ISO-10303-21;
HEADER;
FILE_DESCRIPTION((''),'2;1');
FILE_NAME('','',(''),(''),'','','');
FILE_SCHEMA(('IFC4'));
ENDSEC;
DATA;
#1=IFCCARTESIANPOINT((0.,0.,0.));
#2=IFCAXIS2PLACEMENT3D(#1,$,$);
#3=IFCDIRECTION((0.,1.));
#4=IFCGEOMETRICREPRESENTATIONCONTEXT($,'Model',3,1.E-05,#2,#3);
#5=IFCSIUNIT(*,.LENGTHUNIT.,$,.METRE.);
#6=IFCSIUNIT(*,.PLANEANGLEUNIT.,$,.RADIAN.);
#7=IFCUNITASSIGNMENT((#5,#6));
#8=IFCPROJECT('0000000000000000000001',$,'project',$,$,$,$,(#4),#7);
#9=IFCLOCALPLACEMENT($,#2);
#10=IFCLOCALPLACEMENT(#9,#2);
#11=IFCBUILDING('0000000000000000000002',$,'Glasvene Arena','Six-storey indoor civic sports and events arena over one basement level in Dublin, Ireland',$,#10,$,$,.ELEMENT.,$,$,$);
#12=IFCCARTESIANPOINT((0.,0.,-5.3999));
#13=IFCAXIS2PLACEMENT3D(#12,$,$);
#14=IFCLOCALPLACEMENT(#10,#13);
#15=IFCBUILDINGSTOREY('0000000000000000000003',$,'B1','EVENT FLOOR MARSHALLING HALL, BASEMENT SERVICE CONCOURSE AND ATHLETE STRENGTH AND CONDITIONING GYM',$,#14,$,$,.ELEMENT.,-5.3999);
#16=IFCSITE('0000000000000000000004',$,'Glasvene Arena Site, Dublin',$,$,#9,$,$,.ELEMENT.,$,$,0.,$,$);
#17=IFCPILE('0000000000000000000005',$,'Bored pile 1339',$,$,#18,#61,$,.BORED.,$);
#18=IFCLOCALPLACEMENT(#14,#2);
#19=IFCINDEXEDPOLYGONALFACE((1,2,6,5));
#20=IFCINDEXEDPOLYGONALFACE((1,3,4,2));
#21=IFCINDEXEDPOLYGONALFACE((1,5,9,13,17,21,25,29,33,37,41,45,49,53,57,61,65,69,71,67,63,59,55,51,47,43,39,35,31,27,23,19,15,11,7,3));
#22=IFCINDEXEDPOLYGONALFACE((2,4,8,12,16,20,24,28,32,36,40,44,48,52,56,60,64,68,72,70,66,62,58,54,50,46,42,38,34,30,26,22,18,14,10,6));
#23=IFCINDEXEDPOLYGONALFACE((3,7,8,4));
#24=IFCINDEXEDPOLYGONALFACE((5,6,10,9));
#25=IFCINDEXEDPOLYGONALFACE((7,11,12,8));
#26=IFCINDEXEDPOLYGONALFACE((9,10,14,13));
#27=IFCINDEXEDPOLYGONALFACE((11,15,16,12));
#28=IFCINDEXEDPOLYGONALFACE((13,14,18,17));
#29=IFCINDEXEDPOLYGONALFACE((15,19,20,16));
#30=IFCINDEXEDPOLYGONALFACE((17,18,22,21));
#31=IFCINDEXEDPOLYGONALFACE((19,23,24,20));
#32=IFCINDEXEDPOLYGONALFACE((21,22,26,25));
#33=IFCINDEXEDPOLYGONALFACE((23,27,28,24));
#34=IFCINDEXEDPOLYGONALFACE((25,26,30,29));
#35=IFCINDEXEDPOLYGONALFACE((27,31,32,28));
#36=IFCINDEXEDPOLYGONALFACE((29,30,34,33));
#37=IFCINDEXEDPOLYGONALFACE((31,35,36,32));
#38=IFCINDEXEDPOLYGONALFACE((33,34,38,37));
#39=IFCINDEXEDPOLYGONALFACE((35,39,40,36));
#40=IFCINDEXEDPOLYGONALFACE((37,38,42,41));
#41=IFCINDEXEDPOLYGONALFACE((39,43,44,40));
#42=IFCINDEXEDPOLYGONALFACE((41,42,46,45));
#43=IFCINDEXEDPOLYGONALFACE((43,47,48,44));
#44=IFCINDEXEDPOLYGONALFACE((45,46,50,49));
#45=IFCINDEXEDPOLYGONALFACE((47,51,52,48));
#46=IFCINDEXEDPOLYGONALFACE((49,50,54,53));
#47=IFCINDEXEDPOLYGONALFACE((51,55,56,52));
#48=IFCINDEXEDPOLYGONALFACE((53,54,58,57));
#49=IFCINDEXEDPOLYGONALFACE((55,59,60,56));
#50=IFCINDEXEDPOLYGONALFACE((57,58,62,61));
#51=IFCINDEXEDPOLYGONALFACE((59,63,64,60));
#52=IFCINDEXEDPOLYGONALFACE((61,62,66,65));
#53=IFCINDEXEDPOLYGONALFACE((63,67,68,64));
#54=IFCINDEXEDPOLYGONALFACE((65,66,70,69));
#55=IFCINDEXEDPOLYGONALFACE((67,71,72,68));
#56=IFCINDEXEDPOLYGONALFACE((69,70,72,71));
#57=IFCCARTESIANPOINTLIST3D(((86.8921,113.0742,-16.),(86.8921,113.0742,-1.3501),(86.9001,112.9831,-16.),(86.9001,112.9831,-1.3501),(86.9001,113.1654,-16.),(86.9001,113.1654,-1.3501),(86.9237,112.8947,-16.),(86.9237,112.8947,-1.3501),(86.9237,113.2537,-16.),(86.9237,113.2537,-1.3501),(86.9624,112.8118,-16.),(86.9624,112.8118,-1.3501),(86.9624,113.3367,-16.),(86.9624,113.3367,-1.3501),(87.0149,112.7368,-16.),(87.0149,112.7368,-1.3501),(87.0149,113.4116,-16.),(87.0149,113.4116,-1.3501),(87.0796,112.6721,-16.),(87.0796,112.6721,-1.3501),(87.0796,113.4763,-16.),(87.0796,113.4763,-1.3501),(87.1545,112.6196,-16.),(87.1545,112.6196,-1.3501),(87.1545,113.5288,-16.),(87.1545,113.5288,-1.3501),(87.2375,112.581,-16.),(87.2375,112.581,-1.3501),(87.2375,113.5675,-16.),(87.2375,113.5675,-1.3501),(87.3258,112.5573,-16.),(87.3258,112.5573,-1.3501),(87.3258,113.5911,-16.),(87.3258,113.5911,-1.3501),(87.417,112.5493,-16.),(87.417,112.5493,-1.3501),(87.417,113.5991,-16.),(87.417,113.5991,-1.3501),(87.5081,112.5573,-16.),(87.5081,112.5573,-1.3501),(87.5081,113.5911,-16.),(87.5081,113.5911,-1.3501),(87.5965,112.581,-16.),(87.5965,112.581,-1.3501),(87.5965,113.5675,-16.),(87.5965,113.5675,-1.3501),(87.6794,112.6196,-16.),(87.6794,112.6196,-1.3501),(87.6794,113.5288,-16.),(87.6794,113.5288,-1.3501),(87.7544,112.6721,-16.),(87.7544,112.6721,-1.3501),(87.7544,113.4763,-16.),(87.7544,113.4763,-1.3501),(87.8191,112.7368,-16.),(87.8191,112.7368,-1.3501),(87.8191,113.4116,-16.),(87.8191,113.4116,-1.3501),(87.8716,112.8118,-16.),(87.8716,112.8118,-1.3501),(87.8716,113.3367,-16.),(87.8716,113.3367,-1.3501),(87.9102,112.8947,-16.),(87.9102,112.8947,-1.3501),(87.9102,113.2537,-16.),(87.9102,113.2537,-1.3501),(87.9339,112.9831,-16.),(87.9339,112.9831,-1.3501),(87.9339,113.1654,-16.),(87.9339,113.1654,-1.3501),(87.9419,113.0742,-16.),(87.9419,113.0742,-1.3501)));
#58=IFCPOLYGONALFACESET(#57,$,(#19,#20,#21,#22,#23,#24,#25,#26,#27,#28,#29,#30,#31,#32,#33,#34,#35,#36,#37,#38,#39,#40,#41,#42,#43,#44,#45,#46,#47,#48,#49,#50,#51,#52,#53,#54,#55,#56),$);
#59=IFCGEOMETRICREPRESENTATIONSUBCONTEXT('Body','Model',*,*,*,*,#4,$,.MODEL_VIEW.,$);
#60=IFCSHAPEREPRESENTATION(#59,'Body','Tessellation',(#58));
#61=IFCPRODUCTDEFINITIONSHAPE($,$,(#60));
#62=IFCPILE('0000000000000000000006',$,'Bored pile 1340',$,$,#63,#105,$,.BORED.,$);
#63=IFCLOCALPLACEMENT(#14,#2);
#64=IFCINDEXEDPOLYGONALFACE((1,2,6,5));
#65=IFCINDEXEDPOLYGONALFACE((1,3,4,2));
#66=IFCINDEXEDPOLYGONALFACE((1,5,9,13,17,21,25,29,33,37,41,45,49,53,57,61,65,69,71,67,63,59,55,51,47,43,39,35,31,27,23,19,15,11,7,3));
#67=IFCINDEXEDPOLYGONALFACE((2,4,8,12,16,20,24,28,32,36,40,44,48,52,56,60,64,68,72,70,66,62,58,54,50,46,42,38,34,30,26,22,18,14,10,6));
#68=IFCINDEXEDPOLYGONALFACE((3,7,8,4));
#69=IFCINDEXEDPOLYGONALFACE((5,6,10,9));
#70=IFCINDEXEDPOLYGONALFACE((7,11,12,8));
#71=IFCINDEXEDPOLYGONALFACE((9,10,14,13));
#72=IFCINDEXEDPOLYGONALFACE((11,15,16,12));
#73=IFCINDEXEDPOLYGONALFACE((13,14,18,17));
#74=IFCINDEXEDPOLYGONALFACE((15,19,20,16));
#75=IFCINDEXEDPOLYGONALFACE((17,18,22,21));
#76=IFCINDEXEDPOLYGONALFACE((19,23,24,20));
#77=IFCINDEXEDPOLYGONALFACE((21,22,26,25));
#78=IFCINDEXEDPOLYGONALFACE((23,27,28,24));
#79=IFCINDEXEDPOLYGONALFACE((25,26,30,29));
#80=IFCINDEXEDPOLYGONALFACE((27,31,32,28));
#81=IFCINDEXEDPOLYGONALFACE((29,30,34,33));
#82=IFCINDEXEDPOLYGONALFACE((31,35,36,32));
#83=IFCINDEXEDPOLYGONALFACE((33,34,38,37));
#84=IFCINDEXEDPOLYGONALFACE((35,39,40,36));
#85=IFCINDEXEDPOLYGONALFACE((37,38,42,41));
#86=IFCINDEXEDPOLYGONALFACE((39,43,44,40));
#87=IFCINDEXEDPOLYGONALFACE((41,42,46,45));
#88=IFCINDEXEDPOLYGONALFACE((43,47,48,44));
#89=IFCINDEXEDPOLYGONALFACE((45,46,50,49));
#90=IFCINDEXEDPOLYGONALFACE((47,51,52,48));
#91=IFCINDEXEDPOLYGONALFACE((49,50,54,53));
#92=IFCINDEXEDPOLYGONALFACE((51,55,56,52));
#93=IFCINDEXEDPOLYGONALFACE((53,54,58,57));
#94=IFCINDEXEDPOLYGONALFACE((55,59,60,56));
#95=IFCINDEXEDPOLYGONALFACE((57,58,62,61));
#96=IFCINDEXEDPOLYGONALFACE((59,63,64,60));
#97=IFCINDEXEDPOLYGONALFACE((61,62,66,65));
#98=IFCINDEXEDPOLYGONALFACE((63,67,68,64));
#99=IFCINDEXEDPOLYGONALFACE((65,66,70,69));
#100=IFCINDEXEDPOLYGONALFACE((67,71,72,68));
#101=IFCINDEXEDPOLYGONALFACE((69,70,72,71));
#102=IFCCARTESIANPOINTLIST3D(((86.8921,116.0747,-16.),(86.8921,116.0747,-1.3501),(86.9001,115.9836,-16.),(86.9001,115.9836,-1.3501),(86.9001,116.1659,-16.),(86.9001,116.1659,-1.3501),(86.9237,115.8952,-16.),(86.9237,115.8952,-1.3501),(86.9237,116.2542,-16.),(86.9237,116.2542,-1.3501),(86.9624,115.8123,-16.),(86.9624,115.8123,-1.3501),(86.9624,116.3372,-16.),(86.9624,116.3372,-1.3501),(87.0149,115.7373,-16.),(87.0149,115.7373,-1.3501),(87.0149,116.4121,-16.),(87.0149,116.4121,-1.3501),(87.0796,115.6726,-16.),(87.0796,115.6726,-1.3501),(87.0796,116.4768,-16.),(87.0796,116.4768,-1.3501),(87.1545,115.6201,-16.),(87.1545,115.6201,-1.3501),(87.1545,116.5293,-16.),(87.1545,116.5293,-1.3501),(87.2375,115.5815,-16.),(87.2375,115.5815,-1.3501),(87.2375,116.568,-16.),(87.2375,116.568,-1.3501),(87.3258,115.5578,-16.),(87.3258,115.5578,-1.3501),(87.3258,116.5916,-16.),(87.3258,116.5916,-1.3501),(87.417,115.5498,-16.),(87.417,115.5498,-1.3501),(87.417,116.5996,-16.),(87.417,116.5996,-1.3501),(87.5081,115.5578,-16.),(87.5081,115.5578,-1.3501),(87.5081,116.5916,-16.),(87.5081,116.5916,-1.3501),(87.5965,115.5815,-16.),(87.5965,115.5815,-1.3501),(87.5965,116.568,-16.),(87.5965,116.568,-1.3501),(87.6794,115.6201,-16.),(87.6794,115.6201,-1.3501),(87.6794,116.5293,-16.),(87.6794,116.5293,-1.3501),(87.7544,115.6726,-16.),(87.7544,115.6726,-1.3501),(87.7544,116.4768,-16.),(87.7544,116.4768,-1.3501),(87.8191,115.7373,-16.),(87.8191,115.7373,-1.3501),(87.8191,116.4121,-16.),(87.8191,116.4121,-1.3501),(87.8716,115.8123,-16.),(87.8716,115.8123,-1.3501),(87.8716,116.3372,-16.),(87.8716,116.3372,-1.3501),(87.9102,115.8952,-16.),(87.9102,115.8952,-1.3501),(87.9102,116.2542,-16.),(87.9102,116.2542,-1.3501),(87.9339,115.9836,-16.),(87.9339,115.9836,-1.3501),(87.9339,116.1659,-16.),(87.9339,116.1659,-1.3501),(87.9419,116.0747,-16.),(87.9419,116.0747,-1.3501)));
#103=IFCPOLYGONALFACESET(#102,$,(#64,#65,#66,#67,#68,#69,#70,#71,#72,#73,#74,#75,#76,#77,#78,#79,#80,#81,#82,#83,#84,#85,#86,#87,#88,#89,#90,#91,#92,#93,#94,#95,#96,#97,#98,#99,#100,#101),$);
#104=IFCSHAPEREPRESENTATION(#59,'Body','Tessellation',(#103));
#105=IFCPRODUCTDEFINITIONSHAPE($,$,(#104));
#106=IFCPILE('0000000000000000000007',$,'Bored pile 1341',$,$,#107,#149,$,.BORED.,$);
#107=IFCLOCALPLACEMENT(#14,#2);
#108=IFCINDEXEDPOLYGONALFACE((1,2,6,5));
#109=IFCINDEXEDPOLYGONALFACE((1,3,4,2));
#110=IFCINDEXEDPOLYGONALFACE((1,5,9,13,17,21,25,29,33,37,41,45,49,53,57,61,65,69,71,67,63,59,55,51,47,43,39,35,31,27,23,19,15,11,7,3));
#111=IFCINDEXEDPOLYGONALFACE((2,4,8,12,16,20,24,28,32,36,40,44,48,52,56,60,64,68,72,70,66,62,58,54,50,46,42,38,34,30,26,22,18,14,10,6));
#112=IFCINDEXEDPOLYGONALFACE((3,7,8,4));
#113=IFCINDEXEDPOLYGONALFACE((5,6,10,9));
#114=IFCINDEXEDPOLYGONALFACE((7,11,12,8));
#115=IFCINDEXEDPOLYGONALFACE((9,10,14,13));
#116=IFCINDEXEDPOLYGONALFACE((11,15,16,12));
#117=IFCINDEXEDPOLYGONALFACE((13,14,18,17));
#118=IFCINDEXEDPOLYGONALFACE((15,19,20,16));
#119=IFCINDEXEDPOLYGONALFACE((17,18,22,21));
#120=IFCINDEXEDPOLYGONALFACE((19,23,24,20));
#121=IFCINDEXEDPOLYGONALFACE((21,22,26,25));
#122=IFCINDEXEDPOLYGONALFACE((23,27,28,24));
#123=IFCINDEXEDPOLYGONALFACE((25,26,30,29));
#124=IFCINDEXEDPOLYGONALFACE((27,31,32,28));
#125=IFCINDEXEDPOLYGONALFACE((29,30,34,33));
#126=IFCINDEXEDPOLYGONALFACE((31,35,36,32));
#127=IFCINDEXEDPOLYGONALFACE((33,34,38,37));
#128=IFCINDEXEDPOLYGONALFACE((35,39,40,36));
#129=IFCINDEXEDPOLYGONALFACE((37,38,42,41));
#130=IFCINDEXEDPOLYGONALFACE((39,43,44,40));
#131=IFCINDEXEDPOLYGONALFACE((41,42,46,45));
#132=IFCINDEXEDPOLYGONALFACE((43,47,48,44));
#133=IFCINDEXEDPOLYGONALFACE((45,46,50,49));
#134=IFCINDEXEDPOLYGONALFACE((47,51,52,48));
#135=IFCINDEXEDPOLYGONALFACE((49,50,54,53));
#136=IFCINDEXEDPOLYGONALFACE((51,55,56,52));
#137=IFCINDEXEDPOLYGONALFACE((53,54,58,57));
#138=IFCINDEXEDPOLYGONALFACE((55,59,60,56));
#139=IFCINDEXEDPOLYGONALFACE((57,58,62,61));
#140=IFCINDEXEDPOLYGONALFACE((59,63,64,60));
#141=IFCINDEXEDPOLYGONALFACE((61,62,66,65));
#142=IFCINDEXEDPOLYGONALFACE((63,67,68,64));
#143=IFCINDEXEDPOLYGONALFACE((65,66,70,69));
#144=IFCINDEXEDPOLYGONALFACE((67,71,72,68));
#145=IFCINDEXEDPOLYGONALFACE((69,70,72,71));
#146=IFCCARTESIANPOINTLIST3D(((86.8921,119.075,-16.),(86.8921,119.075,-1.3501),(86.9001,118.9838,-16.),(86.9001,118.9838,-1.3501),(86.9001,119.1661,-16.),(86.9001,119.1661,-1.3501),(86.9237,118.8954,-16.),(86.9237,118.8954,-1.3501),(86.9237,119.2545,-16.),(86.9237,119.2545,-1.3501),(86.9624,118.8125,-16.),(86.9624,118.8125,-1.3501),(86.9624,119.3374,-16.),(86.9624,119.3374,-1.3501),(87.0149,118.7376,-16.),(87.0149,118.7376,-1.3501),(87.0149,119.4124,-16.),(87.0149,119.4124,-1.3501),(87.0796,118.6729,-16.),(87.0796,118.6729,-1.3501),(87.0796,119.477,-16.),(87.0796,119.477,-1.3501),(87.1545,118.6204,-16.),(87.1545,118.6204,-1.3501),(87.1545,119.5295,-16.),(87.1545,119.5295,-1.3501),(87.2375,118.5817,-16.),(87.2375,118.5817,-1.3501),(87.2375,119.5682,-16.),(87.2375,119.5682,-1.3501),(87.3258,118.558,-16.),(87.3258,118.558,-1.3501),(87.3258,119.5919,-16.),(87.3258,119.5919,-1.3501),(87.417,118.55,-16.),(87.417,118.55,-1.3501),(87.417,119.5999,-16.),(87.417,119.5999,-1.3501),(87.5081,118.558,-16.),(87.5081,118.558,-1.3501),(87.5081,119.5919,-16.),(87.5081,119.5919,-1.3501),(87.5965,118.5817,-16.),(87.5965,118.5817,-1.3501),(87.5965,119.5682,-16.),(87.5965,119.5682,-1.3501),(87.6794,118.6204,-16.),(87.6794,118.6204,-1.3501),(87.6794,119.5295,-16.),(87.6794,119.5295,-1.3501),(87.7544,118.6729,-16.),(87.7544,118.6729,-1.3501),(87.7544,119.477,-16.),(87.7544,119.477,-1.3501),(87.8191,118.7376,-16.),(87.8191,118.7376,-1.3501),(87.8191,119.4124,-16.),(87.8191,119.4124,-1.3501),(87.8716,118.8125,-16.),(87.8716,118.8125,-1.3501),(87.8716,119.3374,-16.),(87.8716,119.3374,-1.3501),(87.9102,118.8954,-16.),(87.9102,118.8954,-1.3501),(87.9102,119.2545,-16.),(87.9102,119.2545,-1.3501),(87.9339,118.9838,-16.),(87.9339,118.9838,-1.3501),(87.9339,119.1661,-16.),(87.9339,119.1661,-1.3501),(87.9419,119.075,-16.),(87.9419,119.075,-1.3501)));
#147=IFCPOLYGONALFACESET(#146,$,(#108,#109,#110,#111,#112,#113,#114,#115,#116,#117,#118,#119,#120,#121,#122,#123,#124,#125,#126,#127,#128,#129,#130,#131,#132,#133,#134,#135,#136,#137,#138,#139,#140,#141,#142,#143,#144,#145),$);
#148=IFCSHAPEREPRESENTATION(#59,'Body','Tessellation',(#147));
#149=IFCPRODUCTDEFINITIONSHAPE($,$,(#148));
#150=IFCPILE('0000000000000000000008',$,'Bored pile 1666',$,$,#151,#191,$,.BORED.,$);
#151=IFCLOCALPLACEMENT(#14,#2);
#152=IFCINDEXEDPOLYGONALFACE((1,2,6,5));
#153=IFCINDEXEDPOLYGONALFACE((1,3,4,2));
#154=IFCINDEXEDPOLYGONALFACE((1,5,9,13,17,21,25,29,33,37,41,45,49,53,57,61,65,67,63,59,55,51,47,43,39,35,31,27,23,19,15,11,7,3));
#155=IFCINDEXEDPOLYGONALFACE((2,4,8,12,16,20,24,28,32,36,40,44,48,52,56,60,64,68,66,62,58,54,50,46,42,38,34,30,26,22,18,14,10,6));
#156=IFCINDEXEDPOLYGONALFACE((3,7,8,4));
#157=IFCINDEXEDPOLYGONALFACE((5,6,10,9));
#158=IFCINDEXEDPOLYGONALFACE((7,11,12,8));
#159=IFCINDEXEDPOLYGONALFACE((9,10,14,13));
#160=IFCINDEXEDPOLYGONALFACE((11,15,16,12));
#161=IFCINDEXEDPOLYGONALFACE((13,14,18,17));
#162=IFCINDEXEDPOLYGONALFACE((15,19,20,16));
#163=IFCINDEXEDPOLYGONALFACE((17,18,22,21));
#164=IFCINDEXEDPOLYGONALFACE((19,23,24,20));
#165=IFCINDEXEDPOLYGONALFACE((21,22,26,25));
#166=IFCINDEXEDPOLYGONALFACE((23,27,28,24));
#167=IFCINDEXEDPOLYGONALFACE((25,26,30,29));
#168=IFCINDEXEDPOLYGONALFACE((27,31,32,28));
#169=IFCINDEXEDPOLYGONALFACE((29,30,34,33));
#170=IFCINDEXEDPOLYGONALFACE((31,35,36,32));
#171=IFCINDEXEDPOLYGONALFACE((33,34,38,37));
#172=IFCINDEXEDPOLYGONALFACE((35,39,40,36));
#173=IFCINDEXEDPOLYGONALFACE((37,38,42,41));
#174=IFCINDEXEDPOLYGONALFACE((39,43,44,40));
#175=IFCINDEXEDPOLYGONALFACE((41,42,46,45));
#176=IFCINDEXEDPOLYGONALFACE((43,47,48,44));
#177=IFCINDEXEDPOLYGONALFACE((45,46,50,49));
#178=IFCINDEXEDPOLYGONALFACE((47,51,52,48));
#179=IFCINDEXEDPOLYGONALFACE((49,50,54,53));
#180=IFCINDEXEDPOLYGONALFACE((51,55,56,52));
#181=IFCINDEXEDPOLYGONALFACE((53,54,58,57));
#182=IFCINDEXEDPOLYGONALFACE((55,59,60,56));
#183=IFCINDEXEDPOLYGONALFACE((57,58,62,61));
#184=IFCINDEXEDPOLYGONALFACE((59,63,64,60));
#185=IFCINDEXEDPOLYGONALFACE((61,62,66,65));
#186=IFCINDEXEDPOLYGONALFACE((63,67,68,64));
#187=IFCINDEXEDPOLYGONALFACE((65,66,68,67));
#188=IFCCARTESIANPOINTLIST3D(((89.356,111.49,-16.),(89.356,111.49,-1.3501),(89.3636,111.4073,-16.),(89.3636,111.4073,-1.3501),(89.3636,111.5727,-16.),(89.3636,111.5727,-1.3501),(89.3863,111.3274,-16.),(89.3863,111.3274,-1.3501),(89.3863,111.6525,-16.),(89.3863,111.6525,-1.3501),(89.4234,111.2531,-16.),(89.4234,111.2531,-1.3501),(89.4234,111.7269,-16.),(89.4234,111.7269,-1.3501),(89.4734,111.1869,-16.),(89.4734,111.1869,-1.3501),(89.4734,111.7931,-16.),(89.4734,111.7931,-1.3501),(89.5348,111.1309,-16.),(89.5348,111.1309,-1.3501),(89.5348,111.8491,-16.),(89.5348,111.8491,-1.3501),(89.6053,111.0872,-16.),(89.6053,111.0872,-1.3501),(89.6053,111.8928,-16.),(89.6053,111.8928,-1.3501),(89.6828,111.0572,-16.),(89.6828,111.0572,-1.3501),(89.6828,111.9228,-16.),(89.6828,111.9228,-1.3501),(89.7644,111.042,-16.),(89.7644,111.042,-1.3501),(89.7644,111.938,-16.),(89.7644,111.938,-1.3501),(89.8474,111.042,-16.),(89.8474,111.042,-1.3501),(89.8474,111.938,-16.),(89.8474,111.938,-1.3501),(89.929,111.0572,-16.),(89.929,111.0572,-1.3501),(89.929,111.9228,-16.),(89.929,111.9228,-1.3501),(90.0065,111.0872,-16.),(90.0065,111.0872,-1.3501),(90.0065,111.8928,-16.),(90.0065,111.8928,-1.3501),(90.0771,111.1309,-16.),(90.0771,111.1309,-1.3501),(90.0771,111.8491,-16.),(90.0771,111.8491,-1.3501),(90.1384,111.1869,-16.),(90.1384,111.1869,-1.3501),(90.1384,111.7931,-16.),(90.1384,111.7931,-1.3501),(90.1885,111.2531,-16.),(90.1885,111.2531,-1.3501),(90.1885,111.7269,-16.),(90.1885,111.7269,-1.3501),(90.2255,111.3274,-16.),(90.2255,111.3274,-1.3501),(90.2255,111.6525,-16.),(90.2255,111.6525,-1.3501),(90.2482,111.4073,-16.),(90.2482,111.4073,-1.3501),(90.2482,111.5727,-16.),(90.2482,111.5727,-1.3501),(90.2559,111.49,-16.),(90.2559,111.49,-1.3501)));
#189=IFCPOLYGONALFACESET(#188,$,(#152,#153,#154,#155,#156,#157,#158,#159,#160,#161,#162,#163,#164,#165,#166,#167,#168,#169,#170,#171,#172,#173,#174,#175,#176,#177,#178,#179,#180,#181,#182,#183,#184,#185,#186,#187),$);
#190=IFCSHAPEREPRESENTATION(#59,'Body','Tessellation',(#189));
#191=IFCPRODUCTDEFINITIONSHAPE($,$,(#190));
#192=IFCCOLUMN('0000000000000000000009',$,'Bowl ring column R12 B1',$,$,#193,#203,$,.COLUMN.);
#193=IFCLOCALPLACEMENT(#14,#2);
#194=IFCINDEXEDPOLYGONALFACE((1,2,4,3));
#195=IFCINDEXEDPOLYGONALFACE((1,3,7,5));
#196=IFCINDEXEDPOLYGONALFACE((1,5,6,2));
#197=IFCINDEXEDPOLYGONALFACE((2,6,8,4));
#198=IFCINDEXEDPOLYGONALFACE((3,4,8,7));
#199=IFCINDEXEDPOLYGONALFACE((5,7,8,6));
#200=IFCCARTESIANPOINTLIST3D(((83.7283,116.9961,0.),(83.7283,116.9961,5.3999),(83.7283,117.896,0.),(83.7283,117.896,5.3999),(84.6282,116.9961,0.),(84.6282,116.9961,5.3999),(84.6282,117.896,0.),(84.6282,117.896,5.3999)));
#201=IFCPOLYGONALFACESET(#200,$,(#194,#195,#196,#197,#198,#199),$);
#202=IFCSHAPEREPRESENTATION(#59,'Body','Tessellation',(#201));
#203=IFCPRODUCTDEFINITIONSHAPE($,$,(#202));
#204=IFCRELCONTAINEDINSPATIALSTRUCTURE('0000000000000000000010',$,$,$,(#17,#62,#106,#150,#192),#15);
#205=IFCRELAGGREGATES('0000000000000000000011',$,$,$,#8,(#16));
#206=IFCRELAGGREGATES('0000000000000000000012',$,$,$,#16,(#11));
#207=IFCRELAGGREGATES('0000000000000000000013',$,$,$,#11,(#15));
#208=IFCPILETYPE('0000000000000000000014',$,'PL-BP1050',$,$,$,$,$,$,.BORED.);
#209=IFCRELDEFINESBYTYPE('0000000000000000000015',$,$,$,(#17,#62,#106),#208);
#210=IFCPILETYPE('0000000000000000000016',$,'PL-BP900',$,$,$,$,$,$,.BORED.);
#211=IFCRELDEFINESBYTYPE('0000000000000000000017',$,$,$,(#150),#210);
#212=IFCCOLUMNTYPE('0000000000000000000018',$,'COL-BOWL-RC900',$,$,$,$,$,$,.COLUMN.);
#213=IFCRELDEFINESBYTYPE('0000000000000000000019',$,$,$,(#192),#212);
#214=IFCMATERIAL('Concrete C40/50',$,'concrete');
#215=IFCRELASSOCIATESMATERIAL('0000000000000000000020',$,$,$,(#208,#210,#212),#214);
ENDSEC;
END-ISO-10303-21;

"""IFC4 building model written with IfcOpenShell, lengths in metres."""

from ifc_helpers import new_model, si_unit, direction, frame, origin, origin_2d, place, context, subcontext, project, spatial, rectangle, circle, extrude, material, material_profile, profile_set, type_object, element, save


model = new_model("IFC4")

# Units and contexts
model_context = context("Model", 3, precision=1e-05, world=origin(), true_north=direction((0.0, 1.0)))
body_context = subcontext(model_context, "Body", "Model", "MODEL_VIEW")
ifc_project = project(units=[si_unit("LENGTHUNIT", "METRE"), si_unit("PLANEANGLEUNIT", "RADIAN")], contexts=[model_context])

# Site, building, storey
site_placement = place(None, origin())
site = spatial("IfcSite", under=ifc_project, at=site_placement, Name="Glasvene Arena Site, Dublin", CompositionType="ELEMENT", RefElevation=0.0)
building_placement = place(site_placement, origin())
building = spatial("IfcBuilding", under=site, at=building_placement, Name="Glasvene Arena", Description="Six-storey indoor civic sports and events arena over one basement level in Dublin, Ireland", CompositionType="ELEMENT")
storey_placement = place(building_placement, frame((0.0, 0.0, -5.3999)))
storey = spatial("IfcBuildingStorey", under=building, at=storey_placement, Name="B1", Description="EVENT FLOOR MARSHALLING HALL, BASEMENT SERVICE CONCOURSE AND ATHLETE STRENGTH AND CONDITIONING GYM", CompositionType="ELEMENT", Elevation=-5.3999)

# Shared definitions
ifc_material_1 = material(Name="Concrete C40/50", Category="concrete")

# Piles
ifc_material_profile_1 = material_profile(ifc_material_1, circle(Radius=0.5249, at=origin_2d()), Name="BORED PILE 1050")
ifc_profile_set_1 = profile_set([ifc_material_profile_1], Name="Concrete C40/50")
pile_type_1 = type_object("IfcPileType", Name="PL-BP1050", PredefinedType="BORED", material=ifc_profile_set_1)
for number, where, z_axis, x_axis, name in (
    (1, (87.417, 113.0742, -1.3501), (0.0, 0.0, -1.0), (1.0, 0.0, 0.0), "Bored pile 1339"),
    (2, (87.417, 116.0747, -1.3501), (0.0, 0.0, -1.0), (1.0, 0.0, 0.0), "Bored pile 1340"),
    (3, (87.417, 119.075, -1.3501), (0.0, 0.0, -1.0), (1.0, 0.0, 0.0), "Bored pile 1341"),
):
    element("IfcPile", number, at=place(storey_placement, frame(where, z_axis=z_axis, x_axis=x_axis)), inside=storey, type_object=pile_type_1, Name=name, PredefinedType="BORED", context=body_context, shape_type="SweptSolid", body=[
        extrude(circle(Radius=0.5249, at=origin_2d()), origin(), (0.0, 0.0, 1.0), 14.6499),
    ])
ifc_material_profile_2 = material_profile(ifc_material_1, circle(Radius=0.45, at=origin_2d()), Name="BORED PILE 900")
ifc_profile_set_2 = profile_set([ifc_material_profile_2], Name="Concrete C40/50")
pile_type_2 = type_object("IfcPileType", Name="PL-BP900", PredefinedType="BORED", material=ifc_profile_set_2)
pile_placement = place(storey_placement, frame((89.8059, 111.49, -1.3501), z_axis=(0.0, 0.0, -1.0), x_axis=(1.0, 0.0, 0.0)))
element("IfcPile", 4, at=pile_placement, inside=storey, type_object=pile_type_2, Name="Bored pile 1666", PredefinedType="BORED", context=body_context, shape_type="SweptSolid", body=[
    extrude(circle(Radius=0.45, at=origin_2d()), origin(), (0.0, 0.0, 1.0), 14.6499),
])

# Column
ifc_material_profile_3 = material_profile(ifc_material_1, rectangle(XDim=0.8999, YDim=0.8999, at=origin_2d()), Name="RC 900x900")
ifc_profile_set_3 = profile_set([ifc_material_profile_3], Name="Concrete C40/50")
column_type_1 = type_object("IfcColumnType", Name="COL-BOWL-RC900", PredefinedType="COLUMN", material=ifc_profile_set_3)
for number, where, z_axis, x_axis, name in (
    (5, (84.1782, 117.446, 0.0), (0.0, 0.0, 1.0), (1.0, 0.0, 0.0), "Bowl ring column R12 B1"),
):
    element("IfcColumn", number, at=place(storey_placement, frame(where, z_axis=z_axis, x_axis=x_axis)), inside=storey, type_object=column_type_1, Name=name, PredefinedType="COLUMN", context=body_context, shape_type="SweptSolid", body=[
        extrude(rectangle(XDim=0.8999, YDim=0.8999, at=origin_2d()), origin(), (0.0, 0.0, 1.0), 5.3999),
    ])

save(model, "model.ifc")
